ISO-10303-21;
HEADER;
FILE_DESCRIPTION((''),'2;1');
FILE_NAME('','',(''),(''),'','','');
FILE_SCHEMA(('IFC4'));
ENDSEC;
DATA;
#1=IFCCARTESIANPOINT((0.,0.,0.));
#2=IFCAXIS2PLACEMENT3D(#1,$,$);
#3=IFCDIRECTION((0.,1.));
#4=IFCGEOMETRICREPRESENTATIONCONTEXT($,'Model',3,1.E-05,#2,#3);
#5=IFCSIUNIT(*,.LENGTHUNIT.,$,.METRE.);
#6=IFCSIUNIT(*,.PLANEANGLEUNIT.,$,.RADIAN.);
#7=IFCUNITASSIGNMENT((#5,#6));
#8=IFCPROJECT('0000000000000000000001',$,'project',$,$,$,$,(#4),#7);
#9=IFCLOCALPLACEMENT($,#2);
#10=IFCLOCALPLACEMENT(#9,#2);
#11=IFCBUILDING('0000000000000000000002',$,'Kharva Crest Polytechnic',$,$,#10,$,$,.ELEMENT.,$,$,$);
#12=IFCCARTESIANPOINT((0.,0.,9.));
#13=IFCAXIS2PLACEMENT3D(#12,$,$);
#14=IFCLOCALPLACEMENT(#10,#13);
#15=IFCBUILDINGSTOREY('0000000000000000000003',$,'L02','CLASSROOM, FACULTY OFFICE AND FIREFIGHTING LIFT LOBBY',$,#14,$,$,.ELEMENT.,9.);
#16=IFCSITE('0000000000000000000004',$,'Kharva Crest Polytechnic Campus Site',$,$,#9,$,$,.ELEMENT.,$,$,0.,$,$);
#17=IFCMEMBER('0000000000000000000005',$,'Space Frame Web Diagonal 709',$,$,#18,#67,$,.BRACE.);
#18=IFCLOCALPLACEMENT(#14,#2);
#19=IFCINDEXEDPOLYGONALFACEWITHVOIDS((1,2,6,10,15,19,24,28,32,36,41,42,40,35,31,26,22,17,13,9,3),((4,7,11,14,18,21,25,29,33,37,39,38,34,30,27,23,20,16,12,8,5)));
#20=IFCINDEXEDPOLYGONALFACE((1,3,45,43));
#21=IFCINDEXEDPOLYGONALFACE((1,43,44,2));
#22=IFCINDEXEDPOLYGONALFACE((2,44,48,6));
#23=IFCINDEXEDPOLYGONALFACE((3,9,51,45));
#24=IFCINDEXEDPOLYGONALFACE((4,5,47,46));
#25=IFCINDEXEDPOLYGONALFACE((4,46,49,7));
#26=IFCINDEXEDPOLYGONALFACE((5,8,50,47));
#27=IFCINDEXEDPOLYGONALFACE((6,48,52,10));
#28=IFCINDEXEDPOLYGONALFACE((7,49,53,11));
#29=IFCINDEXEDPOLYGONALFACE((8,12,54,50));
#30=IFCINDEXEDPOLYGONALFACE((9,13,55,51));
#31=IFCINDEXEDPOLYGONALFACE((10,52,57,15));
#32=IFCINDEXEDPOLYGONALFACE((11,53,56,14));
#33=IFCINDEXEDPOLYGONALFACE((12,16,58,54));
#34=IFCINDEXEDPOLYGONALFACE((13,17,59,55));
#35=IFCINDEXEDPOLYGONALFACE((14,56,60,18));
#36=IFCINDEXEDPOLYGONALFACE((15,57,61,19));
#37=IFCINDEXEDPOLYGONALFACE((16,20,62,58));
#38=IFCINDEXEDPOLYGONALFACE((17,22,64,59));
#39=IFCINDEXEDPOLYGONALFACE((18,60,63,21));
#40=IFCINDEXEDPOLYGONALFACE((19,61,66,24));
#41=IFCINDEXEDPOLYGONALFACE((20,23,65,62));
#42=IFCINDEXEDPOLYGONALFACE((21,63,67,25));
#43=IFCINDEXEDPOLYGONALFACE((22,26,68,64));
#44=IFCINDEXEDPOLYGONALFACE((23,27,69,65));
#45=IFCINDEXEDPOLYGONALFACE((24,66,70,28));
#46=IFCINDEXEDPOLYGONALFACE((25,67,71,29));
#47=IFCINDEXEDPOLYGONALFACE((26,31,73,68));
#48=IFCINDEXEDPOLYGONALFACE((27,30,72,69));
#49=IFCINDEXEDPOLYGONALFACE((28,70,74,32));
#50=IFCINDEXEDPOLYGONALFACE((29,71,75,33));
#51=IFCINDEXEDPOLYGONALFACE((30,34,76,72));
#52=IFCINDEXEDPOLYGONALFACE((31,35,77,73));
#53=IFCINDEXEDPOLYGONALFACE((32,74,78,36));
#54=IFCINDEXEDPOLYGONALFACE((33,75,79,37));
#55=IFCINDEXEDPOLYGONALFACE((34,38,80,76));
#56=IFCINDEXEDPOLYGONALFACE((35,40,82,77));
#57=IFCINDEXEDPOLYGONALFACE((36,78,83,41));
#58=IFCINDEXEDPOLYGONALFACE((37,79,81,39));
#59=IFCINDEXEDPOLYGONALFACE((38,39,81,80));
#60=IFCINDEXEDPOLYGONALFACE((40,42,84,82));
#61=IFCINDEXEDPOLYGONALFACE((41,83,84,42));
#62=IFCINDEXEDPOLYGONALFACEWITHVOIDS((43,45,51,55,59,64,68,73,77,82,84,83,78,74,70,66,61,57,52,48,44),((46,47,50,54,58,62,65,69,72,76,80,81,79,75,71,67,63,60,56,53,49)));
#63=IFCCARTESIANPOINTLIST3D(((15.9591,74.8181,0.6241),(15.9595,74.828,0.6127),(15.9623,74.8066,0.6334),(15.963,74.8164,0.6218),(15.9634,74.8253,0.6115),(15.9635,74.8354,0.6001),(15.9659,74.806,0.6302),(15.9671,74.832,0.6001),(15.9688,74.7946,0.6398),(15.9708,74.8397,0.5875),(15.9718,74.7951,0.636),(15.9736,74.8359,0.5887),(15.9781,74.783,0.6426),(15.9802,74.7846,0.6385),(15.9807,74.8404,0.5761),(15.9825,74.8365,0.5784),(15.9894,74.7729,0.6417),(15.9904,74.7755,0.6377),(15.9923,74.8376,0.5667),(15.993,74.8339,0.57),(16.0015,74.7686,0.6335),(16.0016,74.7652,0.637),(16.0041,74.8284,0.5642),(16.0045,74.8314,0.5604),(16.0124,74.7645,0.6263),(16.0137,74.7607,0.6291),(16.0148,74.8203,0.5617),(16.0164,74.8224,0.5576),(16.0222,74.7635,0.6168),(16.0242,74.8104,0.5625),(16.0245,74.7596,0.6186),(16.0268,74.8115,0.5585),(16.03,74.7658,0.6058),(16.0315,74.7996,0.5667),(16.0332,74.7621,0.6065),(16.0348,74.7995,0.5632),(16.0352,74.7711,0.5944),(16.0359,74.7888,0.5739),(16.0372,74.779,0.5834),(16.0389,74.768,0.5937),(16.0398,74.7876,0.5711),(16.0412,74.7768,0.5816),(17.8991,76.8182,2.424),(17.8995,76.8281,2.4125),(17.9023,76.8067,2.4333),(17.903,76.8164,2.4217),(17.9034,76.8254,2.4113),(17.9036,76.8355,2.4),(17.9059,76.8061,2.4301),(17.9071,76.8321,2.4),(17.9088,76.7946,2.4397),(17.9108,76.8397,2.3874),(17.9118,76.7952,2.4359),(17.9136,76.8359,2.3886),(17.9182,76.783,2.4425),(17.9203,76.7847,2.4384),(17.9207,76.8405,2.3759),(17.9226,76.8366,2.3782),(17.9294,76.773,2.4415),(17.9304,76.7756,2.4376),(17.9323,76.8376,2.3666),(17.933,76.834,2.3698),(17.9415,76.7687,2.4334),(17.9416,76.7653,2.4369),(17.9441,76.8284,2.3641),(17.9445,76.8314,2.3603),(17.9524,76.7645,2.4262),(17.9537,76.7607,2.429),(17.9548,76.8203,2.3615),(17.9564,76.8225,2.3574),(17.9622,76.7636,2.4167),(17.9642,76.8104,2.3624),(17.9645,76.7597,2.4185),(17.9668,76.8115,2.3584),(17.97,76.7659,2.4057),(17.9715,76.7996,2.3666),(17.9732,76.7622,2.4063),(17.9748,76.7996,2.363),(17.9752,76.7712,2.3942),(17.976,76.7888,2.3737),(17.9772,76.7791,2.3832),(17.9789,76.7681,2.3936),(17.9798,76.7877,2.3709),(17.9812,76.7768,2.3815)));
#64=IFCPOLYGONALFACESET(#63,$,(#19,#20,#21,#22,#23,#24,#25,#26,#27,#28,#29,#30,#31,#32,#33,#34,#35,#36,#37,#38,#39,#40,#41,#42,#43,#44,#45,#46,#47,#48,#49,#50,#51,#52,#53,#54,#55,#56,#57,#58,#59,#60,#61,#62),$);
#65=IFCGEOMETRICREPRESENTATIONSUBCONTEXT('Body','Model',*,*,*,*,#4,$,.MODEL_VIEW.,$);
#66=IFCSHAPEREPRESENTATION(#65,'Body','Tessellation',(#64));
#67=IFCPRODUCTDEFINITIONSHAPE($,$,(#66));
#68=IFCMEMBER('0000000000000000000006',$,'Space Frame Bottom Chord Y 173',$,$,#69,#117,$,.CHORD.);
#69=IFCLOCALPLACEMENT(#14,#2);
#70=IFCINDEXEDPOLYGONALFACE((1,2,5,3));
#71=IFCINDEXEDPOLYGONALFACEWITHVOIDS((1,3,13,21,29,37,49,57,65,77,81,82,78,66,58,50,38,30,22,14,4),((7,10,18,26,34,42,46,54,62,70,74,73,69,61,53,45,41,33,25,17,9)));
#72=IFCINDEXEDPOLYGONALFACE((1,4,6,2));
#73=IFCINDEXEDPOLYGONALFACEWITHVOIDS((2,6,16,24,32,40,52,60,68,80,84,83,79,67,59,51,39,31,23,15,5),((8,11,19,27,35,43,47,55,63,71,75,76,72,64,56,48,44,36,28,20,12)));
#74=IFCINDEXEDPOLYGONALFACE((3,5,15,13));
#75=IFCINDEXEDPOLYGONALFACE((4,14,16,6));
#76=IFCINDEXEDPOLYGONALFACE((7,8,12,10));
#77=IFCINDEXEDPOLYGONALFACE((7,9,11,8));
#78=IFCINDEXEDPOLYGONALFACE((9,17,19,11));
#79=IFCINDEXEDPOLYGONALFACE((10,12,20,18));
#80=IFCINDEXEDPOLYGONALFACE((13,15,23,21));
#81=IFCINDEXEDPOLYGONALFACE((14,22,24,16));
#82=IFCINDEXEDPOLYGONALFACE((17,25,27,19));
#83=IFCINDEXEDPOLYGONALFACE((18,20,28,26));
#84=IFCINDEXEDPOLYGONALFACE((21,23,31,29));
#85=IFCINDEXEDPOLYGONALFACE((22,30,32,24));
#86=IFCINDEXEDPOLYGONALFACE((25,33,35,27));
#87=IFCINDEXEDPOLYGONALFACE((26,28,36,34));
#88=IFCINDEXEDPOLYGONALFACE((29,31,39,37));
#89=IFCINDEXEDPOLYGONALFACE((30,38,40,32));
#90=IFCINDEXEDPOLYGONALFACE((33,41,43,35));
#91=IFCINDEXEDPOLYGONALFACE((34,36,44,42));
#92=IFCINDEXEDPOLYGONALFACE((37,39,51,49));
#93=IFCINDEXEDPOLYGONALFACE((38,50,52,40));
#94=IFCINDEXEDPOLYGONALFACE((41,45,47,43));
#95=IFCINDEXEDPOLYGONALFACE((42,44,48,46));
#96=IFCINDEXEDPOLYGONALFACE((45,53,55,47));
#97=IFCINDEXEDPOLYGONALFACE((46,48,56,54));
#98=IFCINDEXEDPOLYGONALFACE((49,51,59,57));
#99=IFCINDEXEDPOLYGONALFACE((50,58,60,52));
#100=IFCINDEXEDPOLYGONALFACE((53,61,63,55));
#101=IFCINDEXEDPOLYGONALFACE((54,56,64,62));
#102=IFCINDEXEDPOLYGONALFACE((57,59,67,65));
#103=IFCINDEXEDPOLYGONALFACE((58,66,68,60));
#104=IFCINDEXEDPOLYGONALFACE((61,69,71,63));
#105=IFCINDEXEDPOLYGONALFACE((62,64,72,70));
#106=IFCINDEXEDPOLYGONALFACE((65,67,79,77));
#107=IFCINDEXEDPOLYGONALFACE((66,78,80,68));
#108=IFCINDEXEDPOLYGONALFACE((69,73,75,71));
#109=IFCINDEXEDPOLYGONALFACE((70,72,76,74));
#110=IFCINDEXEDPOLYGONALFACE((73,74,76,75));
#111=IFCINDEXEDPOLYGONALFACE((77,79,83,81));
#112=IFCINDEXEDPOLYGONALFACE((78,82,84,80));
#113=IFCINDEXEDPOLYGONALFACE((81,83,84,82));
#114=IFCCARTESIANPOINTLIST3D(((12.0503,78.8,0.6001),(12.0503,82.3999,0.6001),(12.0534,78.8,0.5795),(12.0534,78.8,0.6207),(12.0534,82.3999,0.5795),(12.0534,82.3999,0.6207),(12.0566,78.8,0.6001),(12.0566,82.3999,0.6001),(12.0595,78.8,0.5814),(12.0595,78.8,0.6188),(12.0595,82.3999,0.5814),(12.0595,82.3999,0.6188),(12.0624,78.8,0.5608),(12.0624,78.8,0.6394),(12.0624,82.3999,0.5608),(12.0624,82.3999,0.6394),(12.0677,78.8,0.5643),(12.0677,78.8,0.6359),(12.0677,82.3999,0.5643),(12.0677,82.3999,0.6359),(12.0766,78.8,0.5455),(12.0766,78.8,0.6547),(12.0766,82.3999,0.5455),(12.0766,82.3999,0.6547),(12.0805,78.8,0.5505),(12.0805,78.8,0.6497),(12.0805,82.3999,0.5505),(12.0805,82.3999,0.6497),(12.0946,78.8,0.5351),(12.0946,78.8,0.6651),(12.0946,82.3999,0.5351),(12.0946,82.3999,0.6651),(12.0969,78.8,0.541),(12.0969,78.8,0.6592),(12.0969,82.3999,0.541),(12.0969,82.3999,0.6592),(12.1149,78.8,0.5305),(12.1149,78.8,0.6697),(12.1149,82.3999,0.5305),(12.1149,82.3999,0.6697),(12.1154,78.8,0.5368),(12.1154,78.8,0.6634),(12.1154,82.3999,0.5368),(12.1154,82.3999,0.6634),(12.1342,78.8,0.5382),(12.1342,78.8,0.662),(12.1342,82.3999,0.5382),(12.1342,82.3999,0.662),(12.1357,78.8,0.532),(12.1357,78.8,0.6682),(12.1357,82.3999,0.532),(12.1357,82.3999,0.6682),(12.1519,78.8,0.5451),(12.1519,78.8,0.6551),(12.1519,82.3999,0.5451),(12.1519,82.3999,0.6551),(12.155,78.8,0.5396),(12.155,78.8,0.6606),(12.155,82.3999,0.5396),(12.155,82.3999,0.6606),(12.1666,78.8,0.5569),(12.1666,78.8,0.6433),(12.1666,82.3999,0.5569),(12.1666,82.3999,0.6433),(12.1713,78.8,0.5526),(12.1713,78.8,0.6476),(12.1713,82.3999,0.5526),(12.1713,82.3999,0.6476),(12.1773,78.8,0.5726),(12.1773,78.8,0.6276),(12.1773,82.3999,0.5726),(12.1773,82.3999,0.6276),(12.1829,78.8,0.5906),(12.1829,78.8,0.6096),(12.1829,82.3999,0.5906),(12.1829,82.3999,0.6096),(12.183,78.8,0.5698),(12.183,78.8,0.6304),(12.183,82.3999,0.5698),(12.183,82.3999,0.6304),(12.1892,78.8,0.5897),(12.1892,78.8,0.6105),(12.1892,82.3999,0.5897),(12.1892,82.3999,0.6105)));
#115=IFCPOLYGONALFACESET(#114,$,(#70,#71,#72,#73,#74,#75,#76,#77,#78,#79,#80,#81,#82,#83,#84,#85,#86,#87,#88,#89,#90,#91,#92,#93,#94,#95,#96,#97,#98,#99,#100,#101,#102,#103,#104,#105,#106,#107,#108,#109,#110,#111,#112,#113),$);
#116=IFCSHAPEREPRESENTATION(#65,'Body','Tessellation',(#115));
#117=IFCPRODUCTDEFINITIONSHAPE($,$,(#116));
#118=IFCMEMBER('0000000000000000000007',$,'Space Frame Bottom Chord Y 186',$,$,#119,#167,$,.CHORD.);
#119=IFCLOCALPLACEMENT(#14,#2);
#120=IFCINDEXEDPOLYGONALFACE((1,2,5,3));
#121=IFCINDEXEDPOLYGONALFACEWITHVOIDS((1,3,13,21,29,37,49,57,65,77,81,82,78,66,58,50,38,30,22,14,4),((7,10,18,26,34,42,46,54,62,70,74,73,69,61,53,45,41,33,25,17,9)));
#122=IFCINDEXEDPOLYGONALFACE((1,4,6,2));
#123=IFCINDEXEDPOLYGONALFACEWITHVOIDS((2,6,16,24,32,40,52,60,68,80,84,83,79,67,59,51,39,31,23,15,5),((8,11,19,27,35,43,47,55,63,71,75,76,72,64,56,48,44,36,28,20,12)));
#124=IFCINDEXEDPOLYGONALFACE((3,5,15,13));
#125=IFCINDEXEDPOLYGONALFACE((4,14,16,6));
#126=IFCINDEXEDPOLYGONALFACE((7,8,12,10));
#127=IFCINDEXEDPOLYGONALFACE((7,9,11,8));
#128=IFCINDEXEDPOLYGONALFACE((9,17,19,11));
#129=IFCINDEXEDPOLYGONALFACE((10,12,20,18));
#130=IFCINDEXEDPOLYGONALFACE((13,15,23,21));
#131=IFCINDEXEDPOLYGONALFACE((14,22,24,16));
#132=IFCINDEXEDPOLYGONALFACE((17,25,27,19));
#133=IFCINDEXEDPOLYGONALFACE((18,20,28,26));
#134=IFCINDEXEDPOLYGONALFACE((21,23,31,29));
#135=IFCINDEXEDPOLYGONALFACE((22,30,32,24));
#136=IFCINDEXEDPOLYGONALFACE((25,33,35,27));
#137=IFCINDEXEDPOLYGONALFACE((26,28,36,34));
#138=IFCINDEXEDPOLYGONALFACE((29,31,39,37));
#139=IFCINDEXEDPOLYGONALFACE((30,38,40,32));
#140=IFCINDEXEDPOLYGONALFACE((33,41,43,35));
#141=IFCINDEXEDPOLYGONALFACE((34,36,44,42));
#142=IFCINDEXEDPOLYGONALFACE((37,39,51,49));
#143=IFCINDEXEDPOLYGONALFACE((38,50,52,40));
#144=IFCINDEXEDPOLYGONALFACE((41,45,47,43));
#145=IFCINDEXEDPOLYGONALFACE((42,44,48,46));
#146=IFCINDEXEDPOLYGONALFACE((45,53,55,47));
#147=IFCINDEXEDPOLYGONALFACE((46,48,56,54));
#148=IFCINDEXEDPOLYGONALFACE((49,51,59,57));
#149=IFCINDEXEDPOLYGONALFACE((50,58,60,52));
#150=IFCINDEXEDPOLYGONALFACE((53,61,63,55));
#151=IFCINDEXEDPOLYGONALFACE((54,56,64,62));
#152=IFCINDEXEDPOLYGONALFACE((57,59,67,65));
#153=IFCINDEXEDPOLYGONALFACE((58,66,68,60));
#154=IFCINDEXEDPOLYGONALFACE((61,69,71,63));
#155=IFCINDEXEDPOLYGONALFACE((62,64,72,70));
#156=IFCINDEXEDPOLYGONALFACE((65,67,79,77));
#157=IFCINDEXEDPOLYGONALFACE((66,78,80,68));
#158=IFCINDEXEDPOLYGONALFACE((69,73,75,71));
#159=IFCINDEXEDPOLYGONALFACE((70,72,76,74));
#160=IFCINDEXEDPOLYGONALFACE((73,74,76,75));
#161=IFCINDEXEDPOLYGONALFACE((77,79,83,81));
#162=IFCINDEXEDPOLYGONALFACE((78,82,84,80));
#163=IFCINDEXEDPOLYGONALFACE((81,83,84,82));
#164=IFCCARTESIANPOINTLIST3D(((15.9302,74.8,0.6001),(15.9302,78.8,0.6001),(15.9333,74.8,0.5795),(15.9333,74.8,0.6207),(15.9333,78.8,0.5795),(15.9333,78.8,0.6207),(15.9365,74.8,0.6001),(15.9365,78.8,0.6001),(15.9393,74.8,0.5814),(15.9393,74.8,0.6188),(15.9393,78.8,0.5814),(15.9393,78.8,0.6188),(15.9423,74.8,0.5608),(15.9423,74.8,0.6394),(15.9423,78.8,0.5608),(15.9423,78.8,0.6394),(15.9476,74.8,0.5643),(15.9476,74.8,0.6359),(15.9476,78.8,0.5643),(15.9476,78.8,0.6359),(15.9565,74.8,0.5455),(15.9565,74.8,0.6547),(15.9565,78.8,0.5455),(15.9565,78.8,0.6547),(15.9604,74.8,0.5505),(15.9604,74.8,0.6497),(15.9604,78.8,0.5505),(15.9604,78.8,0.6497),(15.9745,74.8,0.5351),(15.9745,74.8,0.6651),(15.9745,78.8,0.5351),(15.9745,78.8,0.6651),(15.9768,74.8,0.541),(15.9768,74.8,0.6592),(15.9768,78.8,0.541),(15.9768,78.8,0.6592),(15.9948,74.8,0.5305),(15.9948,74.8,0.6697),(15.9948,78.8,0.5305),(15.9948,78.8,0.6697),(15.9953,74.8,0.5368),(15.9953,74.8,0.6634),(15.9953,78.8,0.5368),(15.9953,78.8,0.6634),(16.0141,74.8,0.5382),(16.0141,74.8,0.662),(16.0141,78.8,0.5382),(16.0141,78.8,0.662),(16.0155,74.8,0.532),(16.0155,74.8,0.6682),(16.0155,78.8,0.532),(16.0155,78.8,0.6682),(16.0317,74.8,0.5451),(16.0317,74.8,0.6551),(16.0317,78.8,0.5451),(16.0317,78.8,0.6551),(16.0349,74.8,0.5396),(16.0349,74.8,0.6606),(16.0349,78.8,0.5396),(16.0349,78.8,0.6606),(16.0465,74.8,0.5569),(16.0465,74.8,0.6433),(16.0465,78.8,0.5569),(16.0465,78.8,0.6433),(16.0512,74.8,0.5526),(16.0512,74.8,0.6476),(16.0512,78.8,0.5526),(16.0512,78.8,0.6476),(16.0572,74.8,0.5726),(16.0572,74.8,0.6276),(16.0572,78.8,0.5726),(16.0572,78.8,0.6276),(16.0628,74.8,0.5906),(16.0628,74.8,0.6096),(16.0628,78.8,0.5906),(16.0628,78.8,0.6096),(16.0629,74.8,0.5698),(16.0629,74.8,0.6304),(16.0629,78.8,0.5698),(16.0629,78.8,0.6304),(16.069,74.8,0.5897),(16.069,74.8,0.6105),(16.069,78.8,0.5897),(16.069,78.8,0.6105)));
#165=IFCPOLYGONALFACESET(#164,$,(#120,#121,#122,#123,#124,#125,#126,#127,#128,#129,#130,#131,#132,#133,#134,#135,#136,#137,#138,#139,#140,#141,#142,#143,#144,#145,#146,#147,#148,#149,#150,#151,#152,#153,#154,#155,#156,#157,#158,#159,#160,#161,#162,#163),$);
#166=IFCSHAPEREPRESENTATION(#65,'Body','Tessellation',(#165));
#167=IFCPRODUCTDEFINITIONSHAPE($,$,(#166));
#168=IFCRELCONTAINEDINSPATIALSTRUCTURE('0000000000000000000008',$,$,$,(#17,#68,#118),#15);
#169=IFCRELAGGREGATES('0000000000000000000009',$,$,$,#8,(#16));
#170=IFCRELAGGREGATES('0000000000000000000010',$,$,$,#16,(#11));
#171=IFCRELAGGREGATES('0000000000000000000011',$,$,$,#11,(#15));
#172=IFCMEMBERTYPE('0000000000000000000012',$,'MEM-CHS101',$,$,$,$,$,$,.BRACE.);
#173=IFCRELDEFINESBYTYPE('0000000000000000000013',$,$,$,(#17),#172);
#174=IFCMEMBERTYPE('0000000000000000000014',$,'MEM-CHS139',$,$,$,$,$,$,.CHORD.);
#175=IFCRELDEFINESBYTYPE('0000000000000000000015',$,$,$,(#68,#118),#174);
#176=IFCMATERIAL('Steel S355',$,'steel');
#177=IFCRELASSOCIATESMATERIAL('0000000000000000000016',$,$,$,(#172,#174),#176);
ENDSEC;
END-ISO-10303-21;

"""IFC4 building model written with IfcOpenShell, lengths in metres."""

from ifc_helpers import new_model, si_unit, direction, frame, origin, origin_2d, place, context, subcontext, project, spatial, hollow_circle, extrude, material, material_profile, profile_set, type_object, element, save


model = new_model("IFC4")

# Units and contexts
model_context = context("Model", 3, precision=1e-05, world=origin(), true_north=direction((0.0, 1.0)))
body_context = subcontext(model_context, "Body", "Model", "MODEL_VIEW")
ifc_project = project(units=[si_unit("LENGTHUNIT", "METRE"), si_unit("PLANEANGLEUNIT", "RADIAN")], contexts=[model_context])

# Site, building, storey
site_placement = place(None, origin())
site = spatial("IfcSite", under=ifc_project, at=site_placement, Name="Kharva Crest Polytechnic Campus Site", CompositionType="ELEMENT", RefElevation=0.0)
building_placement = place(site_placement, origin())
building = spatial("IfcBuilding", under=site, at=building_placement, Name="Kharva Crest Polytechnic", CompositionType="ELEMENT")
storey_placement = place(building_placement, frame((0.0, 0.0, 9.0)))
storey = spatial("IfcBuildingStorey", under=building, at=storey_placement, Name="L02", Description="CLASSROOM, FACULTY OFFICE AND FIREFIGHTING LIFT LOBBY", CompositionType="ELEMENT", Elevation=9.0)

# Shared definitions
ifc_material_1 = material(Name="Steel S355", Category="steel")

# Members
ifc_material_profile_1 = material_profile(ifc_material_1, hollow_circle(Radius=0.0508, WallThickness=0.0049, at=origin_2d()), Name="CHS 101.6X5.0")
ifc_profile_set_1 = profile_set([ifc_material_profile_1], Name="Steel S355")
member_type_1 = type_object("IfcMemberType", Name="MEM-CHS101", PredefinedType="BRACE", material=ifc_profile_set_1)
for number, where, z_axis, x_axis, name in (
    (1, (16.0, 74.8, 0.6001), (0.584843, 0.60295, 0.542596), (-0.717802, 0.696247, 0.0), "Space Frame Web Diagonal 709"),
):
    element("IfcMember", number, at=place(storey_placement, frame(where, z_axis=z_axis, x_axis=x_axis)), inside=storey, type_object=member_type_1, Name=name, PredefinedType="BRACE", context=body_context, shape_type="SweptSolid", body=[
        extrude(hollow_circle(Radius=0.0508, WallThickness=0.0049, at=origin_2d()), origin(), (0.0, 0.0, 1.0), 3.3171),
    ])
ifc_material_profile_2 = material_profile(ifc_material_1, hollow_circle(Radius=0.0698, WallThickness=0.0063, at=origin_2d()), Name="CHS 139.7X6.3")
ifc_profile_set_2 = profile_set([ifc_material_profile_2], Name="Steel S355")
member_type_2 = type_object("IfcMemberType", Name="MEM-CHS139", PredefinedType="CHORD", material=ifc_profile_set_2)
member_1_placement = place(storey_placement, frame((12.1201, 78.8, 0.6001), z_axis=(0.0, 1.0, 0.0), x_axis=(-1.0, 0.0, 0.0)))
element("IfcMember", 2, at=member_1_placement, inside=storey, type_object=member_type_2, Name="Space Frame Bottom Chord Y 173", PredefinedType="CHORD", context=body_context, shape_type="SweptSolid", body=[
    extrude(hollow_circle(Radius=0.0698, WallThickness=0.0063, at=origin_2d()), origin(), (0.0, 0.0, 1.0), 3.5999),
])
for number, where, z_axis, x_axis, name in (
    (3, (16.0, 74.8, 0.6001), (0.0, 1.0, 0.0), (-1.0, 0.0, 0.0), "Space Frame Bottom Chord Y 186"),
):
    element("IfcMember", number, at=place(storey_placement, frame(where, z_axis=z_axis, x_axis=x_axis)), inside=storey, type_object=member_type_2, Name=name, PredefinedType="CHORD", context=body_context, shape_type="SweptSolid", body=[
        extrude(hollow_circle(Radius=0.0698, WallThickness=0.0063, at=origin_2d()), origin(), (0.0, 0.0, 1.0), 4.0),
    ])

save(model, "model.ifc")
